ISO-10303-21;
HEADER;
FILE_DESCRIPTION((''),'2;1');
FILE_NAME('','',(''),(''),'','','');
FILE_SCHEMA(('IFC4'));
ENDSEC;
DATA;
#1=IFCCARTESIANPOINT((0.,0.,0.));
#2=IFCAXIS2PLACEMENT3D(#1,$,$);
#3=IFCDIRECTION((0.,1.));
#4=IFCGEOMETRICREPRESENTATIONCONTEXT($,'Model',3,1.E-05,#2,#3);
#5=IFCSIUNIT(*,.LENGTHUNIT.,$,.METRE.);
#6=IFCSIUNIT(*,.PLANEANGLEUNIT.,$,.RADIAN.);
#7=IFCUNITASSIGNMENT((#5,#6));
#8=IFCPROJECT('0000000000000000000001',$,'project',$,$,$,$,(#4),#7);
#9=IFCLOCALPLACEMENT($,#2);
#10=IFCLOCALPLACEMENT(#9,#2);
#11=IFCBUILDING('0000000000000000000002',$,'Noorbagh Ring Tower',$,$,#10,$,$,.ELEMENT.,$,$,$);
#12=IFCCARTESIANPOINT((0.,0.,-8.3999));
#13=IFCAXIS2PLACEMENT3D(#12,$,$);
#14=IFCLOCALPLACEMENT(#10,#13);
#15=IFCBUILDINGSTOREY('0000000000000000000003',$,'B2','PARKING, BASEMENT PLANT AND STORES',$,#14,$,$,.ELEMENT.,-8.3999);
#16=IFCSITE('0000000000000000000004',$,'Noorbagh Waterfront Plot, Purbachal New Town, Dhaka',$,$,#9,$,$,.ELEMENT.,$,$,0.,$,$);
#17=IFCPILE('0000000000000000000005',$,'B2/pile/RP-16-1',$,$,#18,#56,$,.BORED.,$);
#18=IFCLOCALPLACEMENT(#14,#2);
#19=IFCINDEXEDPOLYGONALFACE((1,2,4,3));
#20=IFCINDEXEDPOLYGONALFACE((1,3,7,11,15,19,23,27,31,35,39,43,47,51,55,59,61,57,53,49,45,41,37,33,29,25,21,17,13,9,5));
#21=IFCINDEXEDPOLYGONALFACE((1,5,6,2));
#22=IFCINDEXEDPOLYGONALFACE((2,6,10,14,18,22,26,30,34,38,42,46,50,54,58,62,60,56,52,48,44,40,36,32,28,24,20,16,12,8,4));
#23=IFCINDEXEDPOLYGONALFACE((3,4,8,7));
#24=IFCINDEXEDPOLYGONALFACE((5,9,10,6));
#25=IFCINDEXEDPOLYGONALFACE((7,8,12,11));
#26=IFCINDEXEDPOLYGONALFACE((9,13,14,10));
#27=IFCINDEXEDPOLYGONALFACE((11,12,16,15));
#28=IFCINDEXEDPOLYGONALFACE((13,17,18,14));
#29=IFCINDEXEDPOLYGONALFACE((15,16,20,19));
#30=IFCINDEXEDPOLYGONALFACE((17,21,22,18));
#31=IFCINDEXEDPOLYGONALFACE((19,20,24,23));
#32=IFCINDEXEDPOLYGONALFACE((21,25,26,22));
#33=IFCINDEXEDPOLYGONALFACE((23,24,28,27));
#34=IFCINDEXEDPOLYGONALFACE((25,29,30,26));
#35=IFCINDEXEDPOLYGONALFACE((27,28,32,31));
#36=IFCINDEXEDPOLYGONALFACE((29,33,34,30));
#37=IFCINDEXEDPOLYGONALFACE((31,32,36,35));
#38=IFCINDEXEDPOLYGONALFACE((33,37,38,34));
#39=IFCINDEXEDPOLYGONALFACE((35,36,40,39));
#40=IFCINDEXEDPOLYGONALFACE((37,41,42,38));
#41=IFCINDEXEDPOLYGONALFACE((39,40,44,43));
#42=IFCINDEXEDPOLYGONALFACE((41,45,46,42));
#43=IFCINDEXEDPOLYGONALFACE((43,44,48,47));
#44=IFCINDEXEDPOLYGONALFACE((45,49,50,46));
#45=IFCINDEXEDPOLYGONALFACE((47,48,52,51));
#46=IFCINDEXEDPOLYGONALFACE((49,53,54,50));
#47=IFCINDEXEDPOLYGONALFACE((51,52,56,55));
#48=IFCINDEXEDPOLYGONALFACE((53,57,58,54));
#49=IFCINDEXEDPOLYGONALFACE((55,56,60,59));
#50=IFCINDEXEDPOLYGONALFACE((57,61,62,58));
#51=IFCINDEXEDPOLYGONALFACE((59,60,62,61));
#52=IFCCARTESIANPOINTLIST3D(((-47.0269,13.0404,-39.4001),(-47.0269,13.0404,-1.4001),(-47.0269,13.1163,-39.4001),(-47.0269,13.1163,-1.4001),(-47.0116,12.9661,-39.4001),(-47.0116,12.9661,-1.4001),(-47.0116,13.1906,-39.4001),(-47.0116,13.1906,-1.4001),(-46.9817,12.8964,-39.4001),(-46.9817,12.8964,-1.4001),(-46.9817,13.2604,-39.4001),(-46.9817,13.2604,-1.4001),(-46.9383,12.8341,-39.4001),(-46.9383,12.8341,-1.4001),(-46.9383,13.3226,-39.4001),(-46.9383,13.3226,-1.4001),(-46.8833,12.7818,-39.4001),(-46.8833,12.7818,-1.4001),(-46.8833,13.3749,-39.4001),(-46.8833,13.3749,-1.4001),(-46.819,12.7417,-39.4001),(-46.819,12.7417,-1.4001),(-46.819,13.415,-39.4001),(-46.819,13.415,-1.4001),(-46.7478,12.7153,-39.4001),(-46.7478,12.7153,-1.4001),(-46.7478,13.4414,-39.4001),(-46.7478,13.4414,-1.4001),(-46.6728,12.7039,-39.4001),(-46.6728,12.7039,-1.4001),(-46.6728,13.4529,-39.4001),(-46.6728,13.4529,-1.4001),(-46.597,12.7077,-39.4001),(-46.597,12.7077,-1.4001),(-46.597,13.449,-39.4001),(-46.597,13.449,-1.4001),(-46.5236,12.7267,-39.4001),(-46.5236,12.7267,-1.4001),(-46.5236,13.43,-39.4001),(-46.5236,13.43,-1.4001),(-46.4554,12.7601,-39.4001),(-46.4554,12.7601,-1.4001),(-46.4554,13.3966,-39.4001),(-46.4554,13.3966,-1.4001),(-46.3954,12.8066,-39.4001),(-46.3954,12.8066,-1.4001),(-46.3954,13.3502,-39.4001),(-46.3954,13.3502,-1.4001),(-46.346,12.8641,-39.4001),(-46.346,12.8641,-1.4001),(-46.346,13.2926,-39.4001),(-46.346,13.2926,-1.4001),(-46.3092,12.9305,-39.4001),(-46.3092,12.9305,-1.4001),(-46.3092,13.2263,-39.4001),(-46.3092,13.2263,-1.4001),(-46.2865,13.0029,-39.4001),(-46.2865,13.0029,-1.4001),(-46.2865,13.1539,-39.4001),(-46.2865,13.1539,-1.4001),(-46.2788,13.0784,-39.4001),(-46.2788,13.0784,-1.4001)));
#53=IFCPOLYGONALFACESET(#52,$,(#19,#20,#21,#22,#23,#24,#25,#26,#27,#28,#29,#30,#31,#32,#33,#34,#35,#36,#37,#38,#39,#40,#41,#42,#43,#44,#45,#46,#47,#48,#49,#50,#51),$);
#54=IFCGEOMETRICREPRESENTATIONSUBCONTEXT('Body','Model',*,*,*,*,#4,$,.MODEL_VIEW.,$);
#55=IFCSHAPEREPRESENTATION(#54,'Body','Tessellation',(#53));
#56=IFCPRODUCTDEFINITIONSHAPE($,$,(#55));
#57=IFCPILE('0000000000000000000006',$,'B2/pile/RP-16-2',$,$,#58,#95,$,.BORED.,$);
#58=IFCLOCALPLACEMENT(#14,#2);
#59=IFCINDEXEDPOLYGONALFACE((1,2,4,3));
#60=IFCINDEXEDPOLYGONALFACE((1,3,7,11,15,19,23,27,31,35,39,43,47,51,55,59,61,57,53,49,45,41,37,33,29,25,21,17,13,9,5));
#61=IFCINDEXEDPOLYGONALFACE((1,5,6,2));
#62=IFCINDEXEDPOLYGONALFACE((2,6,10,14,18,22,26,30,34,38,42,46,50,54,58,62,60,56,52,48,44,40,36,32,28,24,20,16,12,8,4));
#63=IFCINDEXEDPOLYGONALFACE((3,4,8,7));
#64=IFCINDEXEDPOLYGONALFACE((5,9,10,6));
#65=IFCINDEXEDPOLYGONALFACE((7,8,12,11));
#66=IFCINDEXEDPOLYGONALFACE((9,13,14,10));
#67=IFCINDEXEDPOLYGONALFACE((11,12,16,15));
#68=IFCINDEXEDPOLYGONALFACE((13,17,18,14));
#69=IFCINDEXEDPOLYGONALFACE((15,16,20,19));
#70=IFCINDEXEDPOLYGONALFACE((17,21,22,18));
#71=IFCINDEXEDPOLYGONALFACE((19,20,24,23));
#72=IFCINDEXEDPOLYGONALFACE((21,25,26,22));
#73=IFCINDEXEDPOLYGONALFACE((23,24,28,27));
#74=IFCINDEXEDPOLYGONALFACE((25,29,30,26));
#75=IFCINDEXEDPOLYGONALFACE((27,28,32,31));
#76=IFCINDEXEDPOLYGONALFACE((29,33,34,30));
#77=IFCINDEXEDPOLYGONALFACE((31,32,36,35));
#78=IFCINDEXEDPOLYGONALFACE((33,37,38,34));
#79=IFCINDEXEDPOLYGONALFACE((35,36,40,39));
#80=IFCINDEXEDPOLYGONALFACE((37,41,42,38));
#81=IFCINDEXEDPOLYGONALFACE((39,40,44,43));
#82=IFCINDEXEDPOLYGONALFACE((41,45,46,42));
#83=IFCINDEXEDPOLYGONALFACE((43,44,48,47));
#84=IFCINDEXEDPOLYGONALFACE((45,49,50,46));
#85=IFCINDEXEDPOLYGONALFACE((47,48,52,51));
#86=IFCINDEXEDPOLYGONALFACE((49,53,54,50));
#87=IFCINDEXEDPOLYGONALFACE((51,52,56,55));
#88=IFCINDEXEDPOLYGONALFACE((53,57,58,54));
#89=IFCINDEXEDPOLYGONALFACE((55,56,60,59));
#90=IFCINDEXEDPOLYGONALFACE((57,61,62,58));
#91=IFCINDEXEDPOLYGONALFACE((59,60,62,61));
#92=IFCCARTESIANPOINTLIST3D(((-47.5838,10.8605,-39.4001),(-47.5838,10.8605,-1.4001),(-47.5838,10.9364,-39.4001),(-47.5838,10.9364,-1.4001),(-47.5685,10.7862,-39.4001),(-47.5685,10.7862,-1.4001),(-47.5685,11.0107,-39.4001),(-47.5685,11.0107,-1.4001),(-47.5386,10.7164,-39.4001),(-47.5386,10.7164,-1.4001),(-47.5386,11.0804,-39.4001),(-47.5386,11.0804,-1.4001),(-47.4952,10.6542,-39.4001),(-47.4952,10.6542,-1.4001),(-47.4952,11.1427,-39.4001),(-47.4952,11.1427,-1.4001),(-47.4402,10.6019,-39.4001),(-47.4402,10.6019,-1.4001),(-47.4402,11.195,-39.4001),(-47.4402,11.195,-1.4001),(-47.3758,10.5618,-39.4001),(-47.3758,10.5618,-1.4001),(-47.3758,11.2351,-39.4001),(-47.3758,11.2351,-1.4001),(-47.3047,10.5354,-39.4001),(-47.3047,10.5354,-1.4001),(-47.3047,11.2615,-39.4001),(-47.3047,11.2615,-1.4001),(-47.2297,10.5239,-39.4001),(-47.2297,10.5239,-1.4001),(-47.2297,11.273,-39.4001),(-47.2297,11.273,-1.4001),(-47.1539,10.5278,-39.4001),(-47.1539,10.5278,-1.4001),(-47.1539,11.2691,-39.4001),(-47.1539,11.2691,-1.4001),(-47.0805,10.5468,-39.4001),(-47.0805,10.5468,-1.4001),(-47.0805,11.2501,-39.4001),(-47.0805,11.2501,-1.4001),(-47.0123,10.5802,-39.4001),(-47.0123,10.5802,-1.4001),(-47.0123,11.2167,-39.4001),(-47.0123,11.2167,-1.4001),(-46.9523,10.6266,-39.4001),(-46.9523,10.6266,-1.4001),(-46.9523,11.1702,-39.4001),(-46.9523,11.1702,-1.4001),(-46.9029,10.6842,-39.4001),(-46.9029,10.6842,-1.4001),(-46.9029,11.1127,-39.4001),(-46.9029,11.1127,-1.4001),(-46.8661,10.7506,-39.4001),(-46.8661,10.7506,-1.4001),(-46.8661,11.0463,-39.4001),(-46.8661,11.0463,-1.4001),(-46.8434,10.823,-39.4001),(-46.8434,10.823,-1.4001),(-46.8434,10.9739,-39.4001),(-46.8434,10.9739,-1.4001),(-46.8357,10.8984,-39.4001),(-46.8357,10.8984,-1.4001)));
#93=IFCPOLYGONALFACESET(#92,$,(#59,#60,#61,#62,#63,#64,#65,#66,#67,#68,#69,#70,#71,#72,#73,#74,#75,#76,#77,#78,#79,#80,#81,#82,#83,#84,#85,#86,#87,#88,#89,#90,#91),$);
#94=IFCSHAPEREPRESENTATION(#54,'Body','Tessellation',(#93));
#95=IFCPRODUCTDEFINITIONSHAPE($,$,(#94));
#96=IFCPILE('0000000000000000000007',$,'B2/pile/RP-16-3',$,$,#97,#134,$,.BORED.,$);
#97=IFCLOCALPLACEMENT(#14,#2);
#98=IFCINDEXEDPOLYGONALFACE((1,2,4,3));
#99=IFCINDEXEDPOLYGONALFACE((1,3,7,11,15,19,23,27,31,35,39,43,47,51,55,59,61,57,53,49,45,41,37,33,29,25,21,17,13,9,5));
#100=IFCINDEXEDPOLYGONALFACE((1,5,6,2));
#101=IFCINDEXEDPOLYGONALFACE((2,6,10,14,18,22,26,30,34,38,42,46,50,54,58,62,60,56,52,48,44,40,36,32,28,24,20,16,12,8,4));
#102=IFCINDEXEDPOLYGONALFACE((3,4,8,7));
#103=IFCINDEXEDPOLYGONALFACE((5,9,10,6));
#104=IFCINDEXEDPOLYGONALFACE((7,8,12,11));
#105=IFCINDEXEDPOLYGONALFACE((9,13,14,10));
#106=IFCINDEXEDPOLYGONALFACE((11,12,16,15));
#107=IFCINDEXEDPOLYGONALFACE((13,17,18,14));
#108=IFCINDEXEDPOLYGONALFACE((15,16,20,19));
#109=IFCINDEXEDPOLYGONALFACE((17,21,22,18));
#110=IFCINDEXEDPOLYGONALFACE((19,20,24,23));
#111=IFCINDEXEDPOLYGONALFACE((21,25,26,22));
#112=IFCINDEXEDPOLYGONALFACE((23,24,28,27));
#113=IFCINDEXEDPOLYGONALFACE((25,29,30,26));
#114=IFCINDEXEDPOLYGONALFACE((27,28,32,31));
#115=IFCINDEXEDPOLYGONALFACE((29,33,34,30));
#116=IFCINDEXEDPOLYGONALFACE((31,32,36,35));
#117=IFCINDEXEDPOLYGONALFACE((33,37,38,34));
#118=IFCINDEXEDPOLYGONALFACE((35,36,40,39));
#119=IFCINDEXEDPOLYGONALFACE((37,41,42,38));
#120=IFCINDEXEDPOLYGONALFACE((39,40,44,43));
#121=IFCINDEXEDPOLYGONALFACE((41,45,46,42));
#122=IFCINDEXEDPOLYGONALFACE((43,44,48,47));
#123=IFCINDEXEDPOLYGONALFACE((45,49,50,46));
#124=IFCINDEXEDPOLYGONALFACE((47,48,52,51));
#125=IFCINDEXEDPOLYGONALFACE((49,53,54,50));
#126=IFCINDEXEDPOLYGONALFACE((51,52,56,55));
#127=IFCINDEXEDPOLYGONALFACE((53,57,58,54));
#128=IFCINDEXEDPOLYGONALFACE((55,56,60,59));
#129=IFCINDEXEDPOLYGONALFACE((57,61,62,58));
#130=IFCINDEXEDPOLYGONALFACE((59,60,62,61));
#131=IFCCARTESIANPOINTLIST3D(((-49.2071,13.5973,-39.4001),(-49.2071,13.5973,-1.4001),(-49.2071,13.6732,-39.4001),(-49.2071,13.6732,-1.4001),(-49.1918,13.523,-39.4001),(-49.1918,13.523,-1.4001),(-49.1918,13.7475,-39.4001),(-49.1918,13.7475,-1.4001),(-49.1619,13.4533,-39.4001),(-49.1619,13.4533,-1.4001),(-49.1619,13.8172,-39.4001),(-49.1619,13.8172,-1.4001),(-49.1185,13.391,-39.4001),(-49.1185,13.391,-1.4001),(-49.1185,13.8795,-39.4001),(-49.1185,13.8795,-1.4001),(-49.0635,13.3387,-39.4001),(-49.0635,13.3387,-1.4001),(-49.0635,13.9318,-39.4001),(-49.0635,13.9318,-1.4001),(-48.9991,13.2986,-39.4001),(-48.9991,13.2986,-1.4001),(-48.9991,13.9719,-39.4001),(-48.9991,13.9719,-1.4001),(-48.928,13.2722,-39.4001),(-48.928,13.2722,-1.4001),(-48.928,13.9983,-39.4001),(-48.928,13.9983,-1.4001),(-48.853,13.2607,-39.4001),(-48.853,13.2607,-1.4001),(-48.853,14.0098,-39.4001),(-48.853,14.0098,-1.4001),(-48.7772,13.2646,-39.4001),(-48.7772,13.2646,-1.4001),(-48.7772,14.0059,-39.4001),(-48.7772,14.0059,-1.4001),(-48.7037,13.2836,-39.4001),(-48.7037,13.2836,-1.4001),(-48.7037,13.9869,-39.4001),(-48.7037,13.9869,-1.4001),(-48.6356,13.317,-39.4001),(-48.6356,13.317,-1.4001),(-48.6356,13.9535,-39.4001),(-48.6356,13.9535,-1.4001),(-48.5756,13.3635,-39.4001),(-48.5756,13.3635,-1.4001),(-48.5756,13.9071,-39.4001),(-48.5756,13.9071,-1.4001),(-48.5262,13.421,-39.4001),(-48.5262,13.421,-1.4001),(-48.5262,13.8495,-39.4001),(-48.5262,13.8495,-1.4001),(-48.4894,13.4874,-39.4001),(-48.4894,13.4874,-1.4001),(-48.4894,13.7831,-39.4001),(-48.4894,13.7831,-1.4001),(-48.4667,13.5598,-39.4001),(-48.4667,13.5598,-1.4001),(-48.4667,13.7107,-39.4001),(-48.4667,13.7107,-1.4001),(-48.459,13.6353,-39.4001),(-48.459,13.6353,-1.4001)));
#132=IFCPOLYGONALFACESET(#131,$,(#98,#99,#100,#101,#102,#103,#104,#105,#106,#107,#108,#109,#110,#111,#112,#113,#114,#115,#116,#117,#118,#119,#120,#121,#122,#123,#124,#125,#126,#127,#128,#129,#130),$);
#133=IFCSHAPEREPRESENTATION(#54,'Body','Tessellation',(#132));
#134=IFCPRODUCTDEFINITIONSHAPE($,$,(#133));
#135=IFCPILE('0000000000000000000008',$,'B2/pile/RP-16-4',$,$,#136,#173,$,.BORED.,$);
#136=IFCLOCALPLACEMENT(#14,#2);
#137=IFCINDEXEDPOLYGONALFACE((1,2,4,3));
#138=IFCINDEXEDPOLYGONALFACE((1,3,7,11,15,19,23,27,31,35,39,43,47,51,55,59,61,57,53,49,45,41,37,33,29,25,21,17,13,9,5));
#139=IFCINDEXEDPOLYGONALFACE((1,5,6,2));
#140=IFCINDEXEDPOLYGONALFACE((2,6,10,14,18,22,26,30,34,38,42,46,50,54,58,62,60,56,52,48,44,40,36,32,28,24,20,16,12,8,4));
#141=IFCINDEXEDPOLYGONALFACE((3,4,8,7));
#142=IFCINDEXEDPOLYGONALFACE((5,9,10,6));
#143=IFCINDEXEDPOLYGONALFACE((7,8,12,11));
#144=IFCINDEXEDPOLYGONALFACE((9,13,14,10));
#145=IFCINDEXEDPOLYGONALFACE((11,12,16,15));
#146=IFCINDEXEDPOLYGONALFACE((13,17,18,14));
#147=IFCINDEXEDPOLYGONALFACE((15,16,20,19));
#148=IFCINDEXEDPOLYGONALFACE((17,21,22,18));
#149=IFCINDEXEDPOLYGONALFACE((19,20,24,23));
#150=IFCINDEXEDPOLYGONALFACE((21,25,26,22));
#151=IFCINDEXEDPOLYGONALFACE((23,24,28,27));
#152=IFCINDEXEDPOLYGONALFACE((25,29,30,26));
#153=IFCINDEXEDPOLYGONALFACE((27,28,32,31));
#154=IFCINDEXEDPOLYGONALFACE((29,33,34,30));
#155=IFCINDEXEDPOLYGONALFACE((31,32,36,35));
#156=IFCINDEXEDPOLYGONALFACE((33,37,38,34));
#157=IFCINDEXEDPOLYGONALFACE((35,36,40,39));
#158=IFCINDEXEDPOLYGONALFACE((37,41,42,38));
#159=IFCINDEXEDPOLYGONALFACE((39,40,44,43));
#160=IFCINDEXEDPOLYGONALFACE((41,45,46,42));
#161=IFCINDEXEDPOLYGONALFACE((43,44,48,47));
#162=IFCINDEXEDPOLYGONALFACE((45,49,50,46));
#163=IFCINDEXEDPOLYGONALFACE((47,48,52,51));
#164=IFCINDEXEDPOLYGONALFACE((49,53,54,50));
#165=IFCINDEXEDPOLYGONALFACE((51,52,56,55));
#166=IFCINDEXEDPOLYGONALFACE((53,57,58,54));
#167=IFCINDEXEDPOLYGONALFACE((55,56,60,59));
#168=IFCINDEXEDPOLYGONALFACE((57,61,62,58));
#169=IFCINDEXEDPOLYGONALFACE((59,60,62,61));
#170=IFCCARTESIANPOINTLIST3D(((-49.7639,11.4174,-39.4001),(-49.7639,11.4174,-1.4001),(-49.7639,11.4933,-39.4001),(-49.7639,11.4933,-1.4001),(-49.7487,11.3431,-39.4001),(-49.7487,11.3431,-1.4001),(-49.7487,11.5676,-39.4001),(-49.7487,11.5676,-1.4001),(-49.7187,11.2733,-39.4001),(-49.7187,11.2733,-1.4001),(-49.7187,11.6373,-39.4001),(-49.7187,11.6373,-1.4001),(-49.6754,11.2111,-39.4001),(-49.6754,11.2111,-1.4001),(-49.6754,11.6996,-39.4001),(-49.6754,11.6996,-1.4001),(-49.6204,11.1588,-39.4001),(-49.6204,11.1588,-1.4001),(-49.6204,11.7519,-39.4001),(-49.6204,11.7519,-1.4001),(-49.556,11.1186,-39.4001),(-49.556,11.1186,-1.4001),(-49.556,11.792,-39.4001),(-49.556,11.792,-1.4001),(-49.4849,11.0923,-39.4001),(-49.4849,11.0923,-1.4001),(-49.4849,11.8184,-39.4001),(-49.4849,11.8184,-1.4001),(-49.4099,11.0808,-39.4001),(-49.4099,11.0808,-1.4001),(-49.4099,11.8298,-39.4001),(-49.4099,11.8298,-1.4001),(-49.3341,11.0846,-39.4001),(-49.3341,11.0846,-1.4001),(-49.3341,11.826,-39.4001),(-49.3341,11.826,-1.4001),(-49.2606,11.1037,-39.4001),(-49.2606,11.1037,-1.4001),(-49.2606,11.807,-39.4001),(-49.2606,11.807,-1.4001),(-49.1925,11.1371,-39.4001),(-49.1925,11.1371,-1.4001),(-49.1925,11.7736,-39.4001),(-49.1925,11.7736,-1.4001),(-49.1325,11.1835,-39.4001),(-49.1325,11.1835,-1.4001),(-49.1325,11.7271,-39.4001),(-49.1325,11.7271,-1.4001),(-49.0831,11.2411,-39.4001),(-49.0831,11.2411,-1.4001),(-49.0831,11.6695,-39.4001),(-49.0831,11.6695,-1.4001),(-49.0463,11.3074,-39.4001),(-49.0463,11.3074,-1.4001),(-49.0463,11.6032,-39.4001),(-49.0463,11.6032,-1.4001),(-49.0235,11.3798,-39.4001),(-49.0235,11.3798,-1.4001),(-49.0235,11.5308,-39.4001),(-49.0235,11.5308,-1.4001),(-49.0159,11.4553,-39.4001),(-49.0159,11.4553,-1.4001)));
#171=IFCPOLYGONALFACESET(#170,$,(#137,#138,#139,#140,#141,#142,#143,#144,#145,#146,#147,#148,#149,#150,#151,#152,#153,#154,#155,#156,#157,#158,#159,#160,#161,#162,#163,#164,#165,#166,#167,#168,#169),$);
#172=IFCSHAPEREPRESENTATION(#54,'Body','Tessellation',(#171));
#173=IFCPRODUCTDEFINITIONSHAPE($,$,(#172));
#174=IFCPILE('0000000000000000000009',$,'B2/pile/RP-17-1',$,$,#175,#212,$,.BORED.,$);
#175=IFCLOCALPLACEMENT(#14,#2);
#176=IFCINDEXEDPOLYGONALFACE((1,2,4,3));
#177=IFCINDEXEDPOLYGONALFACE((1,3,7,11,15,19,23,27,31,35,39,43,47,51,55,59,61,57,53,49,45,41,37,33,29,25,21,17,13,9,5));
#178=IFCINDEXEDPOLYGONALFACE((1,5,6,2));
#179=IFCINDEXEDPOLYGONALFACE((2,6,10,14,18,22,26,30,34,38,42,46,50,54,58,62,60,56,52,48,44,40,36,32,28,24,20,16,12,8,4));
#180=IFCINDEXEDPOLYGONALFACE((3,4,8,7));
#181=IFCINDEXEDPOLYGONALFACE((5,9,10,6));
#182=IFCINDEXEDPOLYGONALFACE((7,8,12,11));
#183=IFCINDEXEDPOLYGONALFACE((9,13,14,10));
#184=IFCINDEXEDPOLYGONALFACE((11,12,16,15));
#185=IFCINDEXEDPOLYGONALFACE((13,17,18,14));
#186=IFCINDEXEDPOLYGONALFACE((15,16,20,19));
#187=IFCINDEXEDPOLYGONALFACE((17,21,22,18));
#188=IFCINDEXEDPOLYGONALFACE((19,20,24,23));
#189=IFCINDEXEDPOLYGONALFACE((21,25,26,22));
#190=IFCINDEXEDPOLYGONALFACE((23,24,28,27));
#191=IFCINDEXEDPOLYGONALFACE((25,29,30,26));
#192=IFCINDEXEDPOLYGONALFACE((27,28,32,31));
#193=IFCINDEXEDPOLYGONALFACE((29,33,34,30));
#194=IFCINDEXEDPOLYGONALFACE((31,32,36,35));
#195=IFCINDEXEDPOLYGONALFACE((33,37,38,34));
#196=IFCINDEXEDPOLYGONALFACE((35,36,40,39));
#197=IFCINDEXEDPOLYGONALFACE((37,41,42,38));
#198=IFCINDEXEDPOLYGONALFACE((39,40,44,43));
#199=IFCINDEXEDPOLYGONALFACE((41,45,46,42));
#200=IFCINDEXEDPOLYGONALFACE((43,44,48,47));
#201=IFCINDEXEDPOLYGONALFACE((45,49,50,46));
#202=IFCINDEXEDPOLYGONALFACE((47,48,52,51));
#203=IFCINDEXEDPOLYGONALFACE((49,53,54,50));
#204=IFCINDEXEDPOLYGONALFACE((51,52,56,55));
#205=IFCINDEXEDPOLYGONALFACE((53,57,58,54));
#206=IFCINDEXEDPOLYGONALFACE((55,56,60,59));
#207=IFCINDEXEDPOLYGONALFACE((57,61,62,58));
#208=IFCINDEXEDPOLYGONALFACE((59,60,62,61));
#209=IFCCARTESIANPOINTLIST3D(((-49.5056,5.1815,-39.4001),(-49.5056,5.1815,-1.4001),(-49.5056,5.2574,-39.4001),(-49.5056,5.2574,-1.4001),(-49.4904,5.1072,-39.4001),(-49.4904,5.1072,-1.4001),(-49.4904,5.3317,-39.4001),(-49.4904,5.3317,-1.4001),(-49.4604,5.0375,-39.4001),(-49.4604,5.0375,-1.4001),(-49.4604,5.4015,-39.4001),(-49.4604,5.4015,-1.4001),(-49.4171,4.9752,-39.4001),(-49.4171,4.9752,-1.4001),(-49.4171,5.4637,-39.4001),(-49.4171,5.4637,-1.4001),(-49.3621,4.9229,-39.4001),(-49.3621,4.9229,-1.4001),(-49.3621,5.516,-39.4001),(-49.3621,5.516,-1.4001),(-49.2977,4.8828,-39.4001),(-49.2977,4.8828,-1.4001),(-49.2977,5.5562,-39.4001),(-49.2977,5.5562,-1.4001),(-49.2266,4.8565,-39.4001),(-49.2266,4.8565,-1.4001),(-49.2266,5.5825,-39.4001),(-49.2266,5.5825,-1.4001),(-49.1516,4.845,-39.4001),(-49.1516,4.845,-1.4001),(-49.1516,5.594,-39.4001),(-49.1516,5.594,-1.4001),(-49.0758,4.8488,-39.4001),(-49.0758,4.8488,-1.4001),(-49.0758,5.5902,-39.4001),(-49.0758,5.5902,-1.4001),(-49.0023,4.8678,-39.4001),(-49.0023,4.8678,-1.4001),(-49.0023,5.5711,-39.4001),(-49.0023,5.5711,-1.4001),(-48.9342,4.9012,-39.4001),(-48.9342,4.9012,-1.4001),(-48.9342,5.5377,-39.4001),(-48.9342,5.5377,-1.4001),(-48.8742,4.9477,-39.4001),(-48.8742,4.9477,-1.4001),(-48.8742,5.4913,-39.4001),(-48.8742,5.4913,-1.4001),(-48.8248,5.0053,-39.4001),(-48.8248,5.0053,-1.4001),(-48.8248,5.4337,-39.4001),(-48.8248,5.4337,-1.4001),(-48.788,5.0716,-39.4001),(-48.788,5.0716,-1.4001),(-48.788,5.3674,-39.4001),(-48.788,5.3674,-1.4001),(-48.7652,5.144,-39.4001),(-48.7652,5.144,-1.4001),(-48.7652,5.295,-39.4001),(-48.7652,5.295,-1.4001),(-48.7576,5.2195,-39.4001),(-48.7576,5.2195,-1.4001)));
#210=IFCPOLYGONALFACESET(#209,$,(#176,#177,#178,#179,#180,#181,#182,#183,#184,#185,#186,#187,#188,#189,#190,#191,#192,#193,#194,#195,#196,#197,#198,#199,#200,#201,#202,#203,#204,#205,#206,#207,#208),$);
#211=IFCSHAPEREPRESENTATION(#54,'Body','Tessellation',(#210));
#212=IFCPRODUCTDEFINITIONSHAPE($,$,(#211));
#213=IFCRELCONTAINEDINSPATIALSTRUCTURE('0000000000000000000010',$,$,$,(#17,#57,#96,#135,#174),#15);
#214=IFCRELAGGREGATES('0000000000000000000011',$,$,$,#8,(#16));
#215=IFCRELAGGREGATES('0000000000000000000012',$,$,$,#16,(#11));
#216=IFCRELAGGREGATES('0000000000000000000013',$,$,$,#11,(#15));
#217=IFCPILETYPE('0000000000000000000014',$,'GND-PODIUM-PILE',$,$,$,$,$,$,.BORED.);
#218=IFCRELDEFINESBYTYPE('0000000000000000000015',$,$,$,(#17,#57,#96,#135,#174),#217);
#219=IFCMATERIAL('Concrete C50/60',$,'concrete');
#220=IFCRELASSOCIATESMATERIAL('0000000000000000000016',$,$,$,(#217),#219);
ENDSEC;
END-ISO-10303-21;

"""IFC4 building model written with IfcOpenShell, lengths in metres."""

from ifc_helpers import new_model, si_unit, direction, frame, origin, origin_2d, place, context, subcontext, project, spatial, circle, extrude, material, material_profile, profile_set, type_object, element, save


model = new_model("IFC4")

# Units and contexts
model_context = context("Model", 3, precision=1e-05, world=origin(), true_north=direction((0.0, 1.0)))
body_context = subcontext(model_context, "Body", "Model", "MODEL_VIEW")
ifc_project = project(units=[si_unit("LENGTHUNIT", "METRE"), si_unit("PLANEANGLEUNIT", "RADIAN")], contexts=[model_context])

# Site, building, storey
site_placement = place(None, origin())
site = spatial("IfcSite", under=ifc_project, at=site_placement, Name="Noorbagh Waterfront Plot, Purbachal New Town, Dhaka", CompositionType="ELEMENT", RefElevation=0.0)
building_placement = place(site_placement, origin())
building = spatial("IfcBuilding", under=site, at=building_placement, Name="Noorbagh Ring Tower", CompositionType="ELEMENT")
storey_placement = place(building_placement, frame((0.0, 0.0, -8.3999)))
storey = spatial("IfcBuildingStorey", under=building, at=storey_placement, Name="B2", Description="PARKING, BASEMENT PLANT AND STORES", CompositionType="ELEMENT", Elevation=-8.3999)

# Piles
ifc_material_1 = material(Name="Concrete C50/60", Category="concrete")
ifc_material_profile_1 = material_profile(ifc_material_1, circle(Radius=0.375, at=origin_2d()), Name="PILE750")
ifc_profile_set_1 = profile_set([ifc_material_profile_1], Name="Concrete C50/60")
pile_type_1 = type_object("IfcPileType", Name="GND-PODIUM-PILE", PredefinedType="BORED", material=ifc_profile_set_1)
for number, where, z_axis, x_axis, name in (
    (1, (-46.6538, 13.0784, -1.4001), (0.0, 0.0, -1.0), (1.0, 0.0, 0.0), "B2/pile/RP-16-1"),
    (2, (-47.2107, 10.8984, -1.4001), (0.0, 0.0, -1.0), (1.0, 0.0, 0.0), "B2/pile/RP-16-2"),
    (3, (-48.834, 13.6353, -1.4001), (0.0, 0.0, -1.0), (1.0, 0.0, 0.0), "B2/pile/RP-16-3"),
    (4, (-49.3909, 11.4553, -1.4001), (0.0, 0.0, -1.0), (1.0, 0.0, 0.0), "B2/pile/RP-16-4"),
    (5, (-49.1326, 5.2195, -1.4001), (0.0, 0.0, -1.0), (1.0, 0.0, 0.0), "B2/pile/RP-17-1"),
):
    element("IfcPile", number, at=place(storey_placement, frame(where, z_axis=z_axis, x_axis=x_axis)), inside=storey, type_object=pile_type_1, Name=name, PredefinedType="BORED", context=body_context, shape_type="SweptSolid", body=[
        extrude(circle(Radius=0.375, at=origin_2d()), origin(), (0.0, 0.0, 1.0), 38.0),
    ])

save(model, "model.ifc")
